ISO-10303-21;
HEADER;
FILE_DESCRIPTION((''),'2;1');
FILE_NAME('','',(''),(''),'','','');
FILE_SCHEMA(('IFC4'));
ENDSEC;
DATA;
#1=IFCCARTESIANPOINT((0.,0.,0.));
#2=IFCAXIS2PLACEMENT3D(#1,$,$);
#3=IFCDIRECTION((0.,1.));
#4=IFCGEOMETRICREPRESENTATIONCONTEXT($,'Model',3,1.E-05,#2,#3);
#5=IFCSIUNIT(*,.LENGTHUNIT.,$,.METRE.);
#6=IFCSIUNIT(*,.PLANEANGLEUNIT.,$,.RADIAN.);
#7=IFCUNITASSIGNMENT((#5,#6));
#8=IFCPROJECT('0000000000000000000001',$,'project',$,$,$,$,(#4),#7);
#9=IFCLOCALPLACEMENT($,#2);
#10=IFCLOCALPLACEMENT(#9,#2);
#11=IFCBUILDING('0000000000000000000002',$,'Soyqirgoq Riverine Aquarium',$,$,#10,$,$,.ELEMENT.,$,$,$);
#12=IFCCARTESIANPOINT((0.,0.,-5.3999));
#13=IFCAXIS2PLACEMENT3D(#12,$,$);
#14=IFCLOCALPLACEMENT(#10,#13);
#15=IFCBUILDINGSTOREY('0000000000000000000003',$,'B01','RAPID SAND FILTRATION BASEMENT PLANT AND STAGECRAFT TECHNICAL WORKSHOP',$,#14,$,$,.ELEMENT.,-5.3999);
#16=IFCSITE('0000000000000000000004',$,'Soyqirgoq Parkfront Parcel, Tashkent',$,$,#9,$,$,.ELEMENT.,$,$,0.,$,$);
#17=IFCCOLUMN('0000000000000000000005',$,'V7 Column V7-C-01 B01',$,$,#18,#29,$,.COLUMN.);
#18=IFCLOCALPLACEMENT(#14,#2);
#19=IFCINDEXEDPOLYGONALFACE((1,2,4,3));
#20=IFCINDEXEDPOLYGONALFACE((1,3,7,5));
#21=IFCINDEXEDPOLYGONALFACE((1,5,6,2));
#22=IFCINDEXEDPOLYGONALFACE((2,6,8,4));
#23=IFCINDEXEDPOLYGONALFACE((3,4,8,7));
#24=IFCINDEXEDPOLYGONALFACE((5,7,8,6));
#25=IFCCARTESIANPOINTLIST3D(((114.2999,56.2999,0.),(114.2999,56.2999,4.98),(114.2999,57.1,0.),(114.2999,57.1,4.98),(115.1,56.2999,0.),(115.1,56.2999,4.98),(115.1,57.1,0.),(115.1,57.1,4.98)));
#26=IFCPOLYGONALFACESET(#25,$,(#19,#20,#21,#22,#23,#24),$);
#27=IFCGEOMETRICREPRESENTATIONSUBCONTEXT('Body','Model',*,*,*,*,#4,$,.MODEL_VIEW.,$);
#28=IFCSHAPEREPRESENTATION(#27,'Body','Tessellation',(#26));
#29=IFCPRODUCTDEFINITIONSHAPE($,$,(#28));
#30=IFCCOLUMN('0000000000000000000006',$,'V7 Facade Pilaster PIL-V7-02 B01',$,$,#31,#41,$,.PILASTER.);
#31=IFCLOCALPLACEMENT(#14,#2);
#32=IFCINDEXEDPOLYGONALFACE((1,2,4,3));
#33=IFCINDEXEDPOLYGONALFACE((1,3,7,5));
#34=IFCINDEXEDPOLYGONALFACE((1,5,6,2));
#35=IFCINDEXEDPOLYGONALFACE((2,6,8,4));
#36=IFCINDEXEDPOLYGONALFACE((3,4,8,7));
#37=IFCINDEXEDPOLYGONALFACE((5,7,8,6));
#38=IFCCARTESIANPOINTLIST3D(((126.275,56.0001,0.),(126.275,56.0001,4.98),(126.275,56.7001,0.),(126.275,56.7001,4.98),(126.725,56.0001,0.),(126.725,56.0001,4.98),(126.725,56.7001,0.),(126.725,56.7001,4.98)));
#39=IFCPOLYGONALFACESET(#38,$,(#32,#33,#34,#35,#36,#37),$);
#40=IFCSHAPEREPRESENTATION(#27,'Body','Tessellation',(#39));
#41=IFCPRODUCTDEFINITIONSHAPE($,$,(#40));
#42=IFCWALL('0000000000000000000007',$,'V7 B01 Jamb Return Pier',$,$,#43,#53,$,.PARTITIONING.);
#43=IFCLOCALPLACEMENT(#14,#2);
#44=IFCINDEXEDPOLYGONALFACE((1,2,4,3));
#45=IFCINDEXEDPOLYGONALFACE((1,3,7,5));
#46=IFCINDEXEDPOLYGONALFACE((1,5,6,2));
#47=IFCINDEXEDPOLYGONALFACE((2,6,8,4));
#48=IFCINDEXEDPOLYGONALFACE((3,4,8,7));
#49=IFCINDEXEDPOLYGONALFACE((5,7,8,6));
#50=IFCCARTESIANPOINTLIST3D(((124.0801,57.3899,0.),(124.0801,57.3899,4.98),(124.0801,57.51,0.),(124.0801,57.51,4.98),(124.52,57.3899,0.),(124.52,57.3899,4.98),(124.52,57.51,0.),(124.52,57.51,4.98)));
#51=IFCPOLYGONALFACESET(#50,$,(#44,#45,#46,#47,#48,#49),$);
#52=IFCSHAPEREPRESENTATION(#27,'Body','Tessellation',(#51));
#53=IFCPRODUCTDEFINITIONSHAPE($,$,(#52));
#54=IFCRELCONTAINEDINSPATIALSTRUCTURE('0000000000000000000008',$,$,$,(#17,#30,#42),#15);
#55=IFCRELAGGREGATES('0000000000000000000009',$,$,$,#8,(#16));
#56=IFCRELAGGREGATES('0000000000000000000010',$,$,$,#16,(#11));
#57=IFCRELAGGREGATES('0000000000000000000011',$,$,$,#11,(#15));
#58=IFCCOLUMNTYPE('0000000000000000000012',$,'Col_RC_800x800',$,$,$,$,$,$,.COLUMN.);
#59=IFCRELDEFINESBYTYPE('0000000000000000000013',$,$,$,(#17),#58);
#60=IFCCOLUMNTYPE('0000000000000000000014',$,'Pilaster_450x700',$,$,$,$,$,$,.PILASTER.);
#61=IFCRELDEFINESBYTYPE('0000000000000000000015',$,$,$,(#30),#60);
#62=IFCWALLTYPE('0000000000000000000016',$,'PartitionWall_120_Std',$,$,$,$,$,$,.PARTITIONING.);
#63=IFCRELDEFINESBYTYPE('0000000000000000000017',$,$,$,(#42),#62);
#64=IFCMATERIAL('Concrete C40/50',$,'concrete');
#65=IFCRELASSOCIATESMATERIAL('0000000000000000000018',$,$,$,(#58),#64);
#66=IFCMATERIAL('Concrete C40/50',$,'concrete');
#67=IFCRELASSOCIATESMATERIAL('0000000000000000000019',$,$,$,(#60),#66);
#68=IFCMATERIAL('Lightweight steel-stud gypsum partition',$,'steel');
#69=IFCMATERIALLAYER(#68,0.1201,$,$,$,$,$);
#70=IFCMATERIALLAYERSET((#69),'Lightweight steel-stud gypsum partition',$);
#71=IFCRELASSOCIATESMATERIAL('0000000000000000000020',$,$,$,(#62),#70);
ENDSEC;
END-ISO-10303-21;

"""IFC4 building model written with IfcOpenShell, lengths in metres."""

from ifc_helpers import new_model, si_unit, direction, frame, frame_2d, origin, origin_2d, place, context, subcontext, project, spatial, rectangle, extrude, material, layer, layer_set, material_profile, profile_set, type_object, element, save


model = new_model("IFC4")

# Units and contexts
model_context = context("Model", 3, precision=1e-05, world=origin(), true_north=direction((0.0, 1.0)))
body_context = subcontext(model_context, "Body", "Model", "MODEL_VIEW")
ifc_project = project(units=[si_unit("LENGTHUNIT", "METRE"), si_unit("PLANEANGLEUNIT", "RADIAN")], contexts=[model_context])

# Site, building, storey
site_placement = place(None, origin())
site = spatial("IfcSite", under=ifc_project, at=site_placement, Name="Soyqirgoq Parkfront Parcel, Tashkent", CompositionType="ELEMENT", RefElevation=0.0)
building_placement = place(site_placement, origin())
building = spatial("IfcBuilding", under=site, at=building_placement, Name="Soyqirgoq Riverine Aquarium", CompositionType="ELEMENT")
storey_placement = place(building_placement, frame((0.0, 0.0, -5.3999)))
storey = spatial("IfcBuildingStorey", under=building, at=storey_placement, Name="B01", Description="RAPID SAND FILTRATION BASEMENT PLANT AND STAGECRAFT TECHNICAL WORKSHOP", CompositionType="ELEMENT", Elevation=-5.3999)

# Columns
ifc_material_1 = material(Name="Concrete C40/50", Category="concrete")
ifc_material_profile_1 = material_profile(ifc_material_1, rectangle(XDim=0.8, YDim=0.8, at=origin_2d()), Name="RC 800x800")
ifc_profile_set_1 = profile_set([ifc_material_profile_1], Name="Concrete C40/50")
column_type_1 = type_object("IfcColumnType", Name="Col_RC_800x800", PredefinedType="COLUMN", material=ifc_profile_set_1)
column_1_placement = place(storey_placement, frame((114.7, 56.7, 0.0), z_axis=(0.0, 0.0, 1.0), x_axis=(1.0, 0.0, 0.0)))
element("IfcColumn", 1, at=column_1_placement, inside=storey, type_object=column_type_1, Name="V7 Column V7-C-01 B01", PredefinedType="COLUMN", context=body_context, shape_type="SweptSolid", body=[
    extrude(rectangle(XDim=0.8, YDim=0.8, at=origin_2d()), origin(), (0.0, 0.0, 1.0), 4.98),
])
ifc_material_2 = material(Name="Concrete C40/50", Category="concrete")
ifc_material_profile_2 = material_profile(ifc_material_2, rectangle(XDim=0.45, YDim=0.7, at=origin_2d()), Name="RC-PIL 450x700")
ifc_profile_set_2 = profile_set([ifc_material_profile_2], Name="Concrete C40/50")
column_type_2 = type_object("IfcColumnType", Name="Pilaster_450x700", PredefinedType="PILASTER", material=ifc_profile_set_2)
column_2_placement = place(storey_placement, frame((126.5, 56.3501, 0.0), z_axis=(0.0, 0.0, 1.0), x_axis=(1.0, 0.0, 0.0)))
element("IfcColumn", 2, at=column_2_placement, inside=storey, type_object=column_type_2, Name="V7 Facade Pilaster PIL-V7-02 B01", PredefinedType="PILASTER", context=body_context, shape_type="SweptSolid", body=[
    extrude(rectangle(XDim=0.45, YDim=0.7, at=origin_2d()), origin(), (0.0, 0.0, 1.0), 4.98),
])

# Wall
ifc_material_3 = material(Name="Lightweight steel-stud gypsum partition", Category="steel")
ifc_layer = layer(ifc_material_3, 0.1201)
ifc_layer_set = layer_set([ifc_layer], Name="Lightweight steel-stud gypsum partition")
wall_type = type_object("IfcWallType", Name="PartitionWall_120_Std", PredefinedType="PARTITIONING", material=ifc_layer_set)
wall_placement = place(storey_placement, frame((124.0801, 57.45, 0.0), z_axis=(0.0, 0.0, 1.0), x_axis=(1.0, 0.0, 0.0)))
element("IfcWall", 3, at=wall_placement, inside=storey, type_object=wall_type, Name="V7 B01 Jamb Return Pier", PredefinedType="PARTITIONING", context=body_context, shape_type="SweptSolid", body=[
    extrude(rectangle(XDim=0.4399, YDim=0.1201, at=frame_2d((0.22, 0.0))), origin(), (0.0, 0.0, 1.0), 4.98),
])

save(model, "model.ifc")
